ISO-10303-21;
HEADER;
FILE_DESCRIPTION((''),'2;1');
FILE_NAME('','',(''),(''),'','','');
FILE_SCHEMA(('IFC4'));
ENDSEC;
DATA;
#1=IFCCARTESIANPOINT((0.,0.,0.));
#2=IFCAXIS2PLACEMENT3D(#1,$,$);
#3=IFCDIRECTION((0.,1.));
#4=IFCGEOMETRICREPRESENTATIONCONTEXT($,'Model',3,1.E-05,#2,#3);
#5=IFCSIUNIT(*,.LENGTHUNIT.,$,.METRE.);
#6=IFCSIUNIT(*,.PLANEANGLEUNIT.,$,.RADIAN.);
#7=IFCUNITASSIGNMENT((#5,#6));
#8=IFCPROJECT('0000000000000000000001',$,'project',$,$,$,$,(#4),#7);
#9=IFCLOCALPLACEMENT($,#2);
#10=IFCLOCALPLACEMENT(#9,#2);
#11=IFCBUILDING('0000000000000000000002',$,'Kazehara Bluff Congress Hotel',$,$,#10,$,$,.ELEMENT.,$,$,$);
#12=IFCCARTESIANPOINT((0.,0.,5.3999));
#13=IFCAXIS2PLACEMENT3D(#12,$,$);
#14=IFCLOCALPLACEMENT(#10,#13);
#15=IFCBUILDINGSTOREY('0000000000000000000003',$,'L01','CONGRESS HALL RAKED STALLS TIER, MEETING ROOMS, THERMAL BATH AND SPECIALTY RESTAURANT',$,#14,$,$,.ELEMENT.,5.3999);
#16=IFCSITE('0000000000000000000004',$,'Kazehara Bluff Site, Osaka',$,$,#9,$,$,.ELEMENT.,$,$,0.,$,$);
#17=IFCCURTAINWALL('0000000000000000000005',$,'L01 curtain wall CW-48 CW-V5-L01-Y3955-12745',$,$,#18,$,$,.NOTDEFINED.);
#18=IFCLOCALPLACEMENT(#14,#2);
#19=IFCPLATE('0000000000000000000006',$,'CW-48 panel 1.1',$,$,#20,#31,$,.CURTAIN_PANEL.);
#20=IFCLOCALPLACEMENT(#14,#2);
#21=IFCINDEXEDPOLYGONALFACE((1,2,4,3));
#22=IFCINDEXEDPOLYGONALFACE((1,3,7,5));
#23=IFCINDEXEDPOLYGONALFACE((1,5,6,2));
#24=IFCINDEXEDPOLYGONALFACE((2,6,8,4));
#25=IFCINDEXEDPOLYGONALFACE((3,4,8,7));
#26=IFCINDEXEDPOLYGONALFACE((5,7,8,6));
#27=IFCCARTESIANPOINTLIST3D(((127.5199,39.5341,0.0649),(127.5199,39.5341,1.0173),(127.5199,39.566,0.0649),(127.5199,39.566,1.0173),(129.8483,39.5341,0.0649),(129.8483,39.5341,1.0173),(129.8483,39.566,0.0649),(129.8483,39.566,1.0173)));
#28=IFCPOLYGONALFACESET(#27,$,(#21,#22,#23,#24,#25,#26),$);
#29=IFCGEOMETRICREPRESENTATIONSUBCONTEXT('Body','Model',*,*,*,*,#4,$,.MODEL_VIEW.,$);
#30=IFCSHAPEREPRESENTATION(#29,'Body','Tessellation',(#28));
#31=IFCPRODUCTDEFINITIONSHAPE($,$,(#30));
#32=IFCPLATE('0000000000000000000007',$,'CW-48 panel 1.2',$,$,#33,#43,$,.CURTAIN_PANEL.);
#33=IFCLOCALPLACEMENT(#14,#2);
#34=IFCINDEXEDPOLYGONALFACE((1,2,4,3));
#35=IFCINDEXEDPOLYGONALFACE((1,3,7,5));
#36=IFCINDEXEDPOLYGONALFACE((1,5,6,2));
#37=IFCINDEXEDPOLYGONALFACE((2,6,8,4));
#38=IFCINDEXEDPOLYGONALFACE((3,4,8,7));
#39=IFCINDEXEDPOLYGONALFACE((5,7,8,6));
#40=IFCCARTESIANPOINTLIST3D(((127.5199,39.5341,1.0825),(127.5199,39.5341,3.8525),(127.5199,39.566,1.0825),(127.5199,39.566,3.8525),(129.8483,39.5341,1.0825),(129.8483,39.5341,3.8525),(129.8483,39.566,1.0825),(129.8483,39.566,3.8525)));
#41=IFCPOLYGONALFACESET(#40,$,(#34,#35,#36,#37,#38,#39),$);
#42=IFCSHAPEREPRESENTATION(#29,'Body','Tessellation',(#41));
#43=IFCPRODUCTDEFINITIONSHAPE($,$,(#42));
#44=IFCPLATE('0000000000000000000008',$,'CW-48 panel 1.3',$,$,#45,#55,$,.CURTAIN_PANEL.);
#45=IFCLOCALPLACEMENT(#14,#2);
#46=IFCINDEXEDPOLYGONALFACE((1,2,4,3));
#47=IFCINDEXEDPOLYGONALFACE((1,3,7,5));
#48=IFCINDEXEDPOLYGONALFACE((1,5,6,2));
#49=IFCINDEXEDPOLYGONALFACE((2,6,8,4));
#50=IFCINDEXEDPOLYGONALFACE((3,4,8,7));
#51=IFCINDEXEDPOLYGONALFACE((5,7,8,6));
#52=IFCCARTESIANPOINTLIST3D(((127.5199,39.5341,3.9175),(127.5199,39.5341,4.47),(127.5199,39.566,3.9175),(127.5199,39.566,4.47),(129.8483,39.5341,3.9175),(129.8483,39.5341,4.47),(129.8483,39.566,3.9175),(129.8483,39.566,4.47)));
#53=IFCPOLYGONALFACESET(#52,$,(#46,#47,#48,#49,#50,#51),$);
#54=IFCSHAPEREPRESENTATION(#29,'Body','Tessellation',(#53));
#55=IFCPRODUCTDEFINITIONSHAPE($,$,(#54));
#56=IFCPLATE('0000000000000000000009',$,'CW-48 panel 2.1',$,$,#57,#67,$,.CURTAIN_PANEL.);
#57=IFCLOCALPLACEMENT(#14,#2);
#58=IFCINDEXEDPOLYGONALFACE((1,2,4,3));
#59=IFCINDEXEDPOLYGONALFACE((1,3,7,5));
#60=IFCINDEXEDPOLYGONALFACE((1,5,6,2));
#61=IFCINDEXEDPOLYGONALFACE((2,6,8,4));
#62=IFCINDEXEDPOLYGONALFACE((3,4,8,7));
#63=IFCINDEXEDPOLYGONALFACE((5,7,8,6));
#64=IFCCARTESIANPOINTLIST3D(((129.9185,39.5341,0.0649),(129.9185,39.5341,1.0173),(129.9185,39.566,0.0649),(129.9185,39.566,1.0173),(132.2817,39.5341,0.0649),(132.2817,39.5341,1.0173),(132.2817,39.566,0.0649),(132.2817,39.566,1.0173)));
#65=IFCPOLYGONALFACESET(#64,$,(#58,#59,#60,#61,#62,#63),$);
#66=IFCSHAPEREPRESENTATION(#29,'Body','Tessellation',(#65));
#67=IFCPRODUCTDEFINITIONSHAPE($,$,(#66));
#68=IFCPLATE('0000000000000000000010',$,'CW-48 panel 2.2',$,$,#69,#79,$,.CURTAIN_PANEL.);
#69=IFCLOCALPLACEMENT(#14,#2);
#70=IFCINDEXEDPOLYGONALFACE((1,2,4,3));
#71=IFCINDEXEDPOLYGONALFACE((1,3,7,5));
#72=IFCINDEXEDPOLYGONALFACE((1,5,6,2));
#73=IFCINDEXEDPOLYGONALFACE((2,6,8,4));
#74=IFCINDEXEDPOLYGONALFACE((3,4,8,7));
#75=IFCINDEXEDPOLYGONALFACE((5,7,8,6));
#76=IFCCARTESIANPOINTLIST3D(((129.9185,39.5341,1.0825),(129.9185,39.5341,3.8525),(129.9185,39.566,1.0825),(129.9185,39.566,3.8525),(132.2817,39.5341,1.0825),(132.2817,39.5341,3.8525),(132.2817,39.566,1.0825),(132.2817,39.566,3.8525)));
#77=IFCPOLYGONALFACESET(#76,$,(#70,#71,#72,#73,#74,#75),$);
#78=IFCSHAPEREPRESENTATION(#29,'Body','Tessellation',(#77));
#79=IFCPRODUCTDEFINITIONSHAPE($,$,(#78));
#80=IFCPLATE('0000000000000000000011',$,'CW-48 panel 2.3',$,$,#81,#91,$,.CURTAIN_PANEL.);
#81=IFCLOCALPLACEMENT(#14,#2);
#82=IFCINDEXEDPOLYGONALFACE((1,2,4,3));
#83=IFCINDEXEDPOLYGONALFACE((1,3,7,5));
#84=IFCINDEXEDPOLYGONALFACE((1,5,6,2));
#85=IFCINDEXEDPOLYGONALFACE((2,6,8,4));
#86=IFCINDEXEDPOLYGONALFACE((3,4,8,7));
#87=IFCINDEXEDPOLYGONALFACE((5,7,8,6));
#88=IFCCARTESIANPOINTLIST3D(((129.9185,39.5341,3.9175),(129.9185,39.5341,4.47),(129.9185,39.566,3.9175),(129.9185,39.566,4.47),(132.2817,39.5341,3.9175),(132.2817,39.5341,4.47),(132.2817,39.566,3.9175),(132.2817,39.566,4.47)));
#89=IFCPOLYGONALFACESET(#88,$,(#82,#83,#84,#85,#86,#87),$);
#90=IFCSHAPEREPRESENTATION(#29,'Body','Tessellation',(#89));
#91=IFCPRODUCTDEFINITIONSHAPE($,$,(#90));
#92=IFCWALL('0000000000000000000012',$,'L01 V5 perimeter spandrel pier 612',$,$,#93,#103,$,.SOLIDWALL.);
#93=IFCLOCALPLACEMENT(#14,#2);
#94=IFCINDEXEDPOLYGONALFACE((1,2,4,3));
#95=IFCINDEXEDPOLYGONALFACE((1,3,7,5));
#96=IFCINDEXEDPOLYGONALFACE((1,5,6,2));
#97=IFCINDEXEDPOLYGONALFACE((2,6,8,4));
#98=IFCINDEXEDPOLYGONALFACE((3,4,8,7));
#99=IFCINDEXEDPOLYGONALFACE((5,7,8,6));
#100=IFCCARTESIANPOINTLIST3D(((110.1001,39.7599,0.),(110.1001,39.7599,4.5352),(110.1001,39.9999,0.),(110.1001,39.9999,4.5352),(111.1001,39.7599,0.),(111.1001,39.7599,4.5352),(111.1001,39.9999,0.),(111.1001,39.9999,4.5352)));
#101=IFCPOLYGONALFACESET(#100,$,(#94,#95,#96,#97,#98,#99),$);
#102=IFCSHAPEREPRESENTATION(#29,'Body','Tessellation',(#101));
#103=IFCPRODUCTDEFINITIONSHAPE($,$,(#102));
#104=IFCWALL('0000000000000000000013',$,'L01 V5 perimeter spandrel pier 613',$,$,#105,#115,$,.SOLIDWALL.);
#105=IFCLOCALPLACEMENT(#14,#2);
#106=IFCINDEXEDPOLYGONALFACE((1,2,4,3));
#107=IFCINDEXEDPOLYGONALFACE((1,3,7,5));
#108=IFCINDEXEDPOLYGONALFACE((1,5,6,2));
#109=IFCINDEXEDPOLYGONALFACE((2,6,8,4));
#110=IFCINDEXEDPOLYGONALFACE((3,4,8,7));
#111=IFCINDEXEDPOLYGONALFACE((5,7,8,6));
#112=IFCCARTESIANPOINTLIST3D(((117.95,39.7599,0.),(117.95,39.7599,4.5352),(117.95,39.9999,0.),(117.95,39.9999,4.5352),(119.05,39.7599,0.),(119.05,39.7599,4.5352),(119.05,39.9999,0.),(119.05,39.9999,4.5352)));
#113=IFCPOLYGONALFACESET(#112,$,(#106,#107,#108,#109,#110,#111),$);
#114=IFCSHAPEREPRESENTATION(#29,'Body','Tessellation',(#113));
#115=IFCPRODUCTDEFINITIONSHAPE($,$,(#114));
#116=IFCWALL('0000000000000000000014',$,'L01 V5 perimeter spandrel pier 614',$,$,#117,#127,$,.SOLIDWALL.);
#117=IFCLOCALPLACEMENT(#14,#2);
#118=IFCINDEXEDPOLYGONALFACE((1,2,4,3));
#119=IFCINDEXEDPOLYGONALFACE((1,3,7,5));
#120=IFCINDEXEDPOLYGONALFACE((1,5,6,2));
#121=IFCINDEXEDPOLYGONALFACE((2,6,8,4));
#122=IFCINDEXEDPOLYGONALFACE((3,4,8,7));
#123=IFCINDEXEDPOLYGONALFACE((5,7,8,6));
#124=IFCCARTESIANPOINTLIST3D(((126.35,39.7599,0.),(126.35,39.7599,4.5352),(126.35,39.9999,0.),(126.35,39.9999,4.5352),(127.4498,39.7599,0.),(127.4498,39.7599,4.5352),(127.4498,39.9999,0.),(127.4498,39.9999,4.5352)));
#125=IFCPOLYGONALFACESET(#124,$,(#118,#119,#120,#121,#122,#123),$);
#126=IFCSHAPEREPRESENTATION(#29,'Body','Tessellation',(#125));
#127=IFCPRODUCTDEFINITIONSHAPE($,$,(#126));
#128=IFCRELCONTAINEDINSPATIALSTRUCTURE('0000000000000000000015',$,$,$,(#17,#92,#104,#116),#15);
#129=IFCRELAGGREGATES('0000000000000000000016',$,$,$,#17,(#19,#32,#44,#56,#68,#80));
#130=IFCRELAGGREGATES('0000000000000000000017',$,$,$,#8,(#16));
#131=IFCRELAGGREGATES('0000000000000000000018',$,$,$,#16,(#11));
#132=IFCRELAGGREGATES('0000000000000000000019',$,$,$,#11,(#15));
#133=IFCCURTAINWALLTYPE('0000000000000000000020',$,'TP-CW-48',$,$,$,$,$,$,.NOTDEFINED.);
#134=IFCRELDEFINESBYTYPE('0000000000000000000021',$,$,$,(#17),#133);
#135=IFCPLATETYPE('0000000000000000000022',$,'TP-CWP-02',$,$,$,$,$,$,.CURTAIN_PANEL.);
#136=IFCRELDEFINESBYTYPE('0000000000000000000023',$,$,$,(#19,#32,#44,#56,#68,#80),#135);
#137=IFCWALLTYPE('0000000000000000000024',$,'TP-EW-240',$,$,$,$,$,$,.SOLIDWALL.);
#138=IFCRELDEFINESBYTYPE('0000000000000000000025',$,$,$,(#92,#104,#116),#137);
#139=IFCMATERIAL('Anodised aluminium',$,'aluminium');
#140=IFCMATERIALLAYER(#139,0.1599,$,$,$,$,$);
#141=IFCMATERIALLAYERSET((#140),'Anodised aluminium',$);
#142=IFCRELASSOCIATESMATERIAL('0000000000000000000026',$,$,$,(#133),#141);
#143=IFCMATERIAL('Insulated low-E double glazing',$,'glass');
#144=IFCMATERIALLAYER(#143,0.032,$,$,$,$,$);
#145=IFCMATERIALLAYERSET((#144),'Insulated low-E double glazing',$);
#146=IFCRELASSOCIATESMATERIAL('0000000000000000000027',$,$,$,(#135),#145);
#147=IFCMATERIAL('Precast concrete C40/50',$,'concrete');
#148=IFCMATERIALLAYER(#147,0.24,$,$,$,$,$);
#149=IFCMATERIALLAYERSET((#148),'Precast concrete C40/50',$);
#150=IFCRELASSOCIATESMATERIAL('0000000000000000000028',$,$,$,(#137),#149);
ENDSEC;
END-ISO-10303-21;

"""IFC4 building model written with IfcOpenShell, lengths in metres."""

from ifc_helpers import new_model, si_unit, direction, frame, frame_2d, origin, origin_2d, place, context, subcontext, project, spatial, rectangle, extrude, material, layer, layer_set, type_object, element, aggregate, save


model = new_model("IFC4")

# Units and contexts
model_context = context("Model", 3, precision=1e-05, world=origin(), true_north=direction((0.0, 1.0)))
body_context = subcontext(model_context, "Body", "Model", "MODEL_VIEW")
ifc_project = project(units=[si_unit("LENGTHUNIT", "METRE"), si_unit("PLANEANGLEUNIT", "RADIAN")], contexts=[model_context])

# Site, building, storey
site_placement = place(None, origin())
site = spatial("IfcSite", under=ifc_project, at=site_placement, Name="Kazehara Bluff Site, Osaka", CompositionType="ELEMENT", RefElevation=0.0)
building_placement = place(site_placement, origin())
building = spatial("IfcBuilding", under=site, at=building_placement, Name="Kazehara Bluff Congress Hotel", CompositionType="ELEMENT")
storey_placement = place(building_placement, frame((0.0, 0.0, 5.3999)))
storey = spatial("IfcBuildingStorey", under=building, at=storey_placement, Name="L01", Description="CONGRESS HALL RAKED STALLS TIER, MEETING ROOMS, THERMAL BATH AND SPECIALTY RESTAURANT", CompositionType="ELEMENT", Elevation=5.3999)

# Shared definitions
ifc_material_1 = material(Name="Anodised aluminium", Category="aluminium")
ifc_layer_1 = layer(ifc_material_1, 0.1599)
ifc_layer_set_1 = layer_set([ifc_layer_1], Name="Anodised aluminium")
curtain_wall_type_1 = type_object("IfcCurtainWallType", Name="TP-CW-48", PredefinedType="NOTDEFINED", material=ifc_layer_set_1)

# Curtain wall
curtain_wall_1_placement = place(storey_placement, origin())
curtain_wall_1 = element("IfcCurtainWall", 1, at=curtain_wall_1_placement, inside=storey, type_object=curtain_wall_type_1, Name="L01 curtain wall CW-48 CW-V5-L01-Y3955-12745", PredefinedType="NOTDEFINED")

# Plates
ifc_material_2 = material(Name="Insulated low-E double glazing", Category="glass")
ifc_layer_2 = layer(ifc_material_2, 0.032)
ifc_layer_set_2 = layer_set([ifc_layer_2], Name="Insulated low-E double glazing")
plate_type_1 = type_object("IfcPlateType", Name="TP-CWP-02", PredefinedType="CURTAIN_PANEL", material=ifc_layer_set_2)
plate_1_placement = place(storey_placement, frame((128.6841, 39.55, 0.0649), z_axis=(0.0, 0.0, 1.0), x_axis=(1.0, 0.0, 0.0)))
plate_1 = element("IfcPlate", 2, at=plate_1_placement, type_object=plate_type_1, Name="CW-48 panel 1.1", PredefinedType="CURTAIN_PANEL", context=body_context, shape_type="SweptSolid", body=[
    extrude(rectangle(XDim=2.3284, YDim=0.032, at=origin_2d()), origin(), (0.0, 0.0, 1.0), 0.9524),
])
plate_2_placement = place(storey_placement, frame((128.6841, 39.55, 1.0825), z_axis=(0.0, 0.0, 1.0), x_axis=(1.0, 0.0, 0.0)))
plate_2 = element("IfcPlate", 3, at=plate_2_placement, type_object=plate_type_1, Name="CW-48 panel 1.2", PredefinedType="CURTAIN_PANEL", context=body_context, shape_type="SweptSolid", body=[
    extrude(rectangle(XDim=2.3284, YDim=0.032, at=origin_2d()), origin(), (0.0, 0.0, 1.0), 2.77),
])
plate_3_placement = place(storey_placement, frame((128.6841, 39.55, 3.9175), z_axis=(0.0, 0.0, 1.0), x_axis=(1.0, 0.0, 0.0)))
plate_3 = element("IfcPlate", 4, at=plate_3_placement, type_object=plate_type_1, Name="CW-48 panel 1.3", PredefinedType="CURTAIN_PANEL", context=body_context, shape_type="SweptSolid", body=[
    extrude(rectangle(XDim=2.3284, YDim=0.032, at=origin_2d()), origin(), (0.0, 0.0, 1.0), 0.5525),
])
plate_4_placement = place(storey_placement, frame((131.1001, 39.55, 0.0649), z_axis=(0.0, 0.0, 1.0), x_axis=(1.0, 0.0, 0.0)))
plate_4 = element("IfcPlate", 5, at=plate_4_placement, type_object=plate_type_1, Name="CW-48 panel 2.1", PredefinedType="CURTAIN_PANEL", context=body_context, shape_type="SweptSolid", body=[
    extrude(rectangle(XDim=2.3633, YDim=0.032, at=origin_2d()), origin(), (0.0, 0.0, 1.0), 0.9524),
])
plate_5_placement = place(storey_placement, frame((131.1001, 39.55, 1.0825), z_axis=(0.0, 0.0, 1.0), x_axis=(1.0, 0.0, 0.0)))
plate_5 = element("IfcPlate", 6, at=plate_5_placement, type_object=plate_type_1, Name="CW-48 panel 2.2", PredefinedType="CURTAIN_PANEL", context=body_context, shape_type="SweptSolid", body=[
    extrude(rectangle(XDim=2.3633, YDim=0.032, at=origin_2d()), origin(), (0.0, 0.0, 1.0), 2.77),
])
plate_6_placement = place(storey_placement, frame((131.1001, 39.55, 3.9175), z_axis=(0.0, 0.0, 1.0), x_axis=(1.0, 0.0, 0.0)))
plate_6 = element("IfcPlate", 7, at=plate_6_placement, type_object=plate_type_1, Name="CW-48 panel 2.3", PredefinedType="CURTAIN_PANEL", context=body_context, shape_type="SweptSolid", body=[
    extrude(rectangle(XDim=2.3633, YDim=0.032, at=origin_2d()), origin(), (0.0, 0.0, 1.0), 0.5525),
])
aggregate(curtain_wall_1, [plate_1, plate_2, plate_3, plate_4, plate_5, plate_6])

# Walls
ifc_material_3 = material(Name="Precast concrete C40/50", Category="concrete")
ifc_layer_3 = layer(ifc_material_3, 0.24)
ifc_layer_set_3 = layer_set([ifc_layer_3], Name="Precast concrete C40/50")
wall_type = type_object("IfcWallType", Name="TP-EW-240", PredefinedType="SOLIDWALL", material=ifc_layer_set_3)
wall_1_placement = place(storey_placement, frame((110.1001, 39.8799, 0.0), z_axis=(0.0, 0.0, 1.0), x_axis=(1.0, 0.0, 0.0)))
element("IfcWall", 8, at=wall_1_placement, inside=storey, type_object=wall_type, Name="L01 V5 perimeter spandrel pier 612", PredefinedType="SOLIDWALL", context=body_context, shape_type="SweptSolid", body=[
    extrude(rectangle(XDim=1.0, YDim=0.24, at=frame_2d((0.5, 0.0))), origin(), (0.0, 0.0, 1.0), 4.5352),
])
wall_2_placement = place(storey_placement, frame((117.95, 39.8799, 0.0), z_axis=(0.0, 0.0, 1.0), x_axis=(1.0, 0.0, 0.0)))
element("IfcWall", 9, at=wall_2_placement, inside=storey, type_object=wall_type, Name="L01 V5 perimeter spandrel pier 613", PredefinedType="SOLIDWALL", context=body_context, shape_type="SweptSolid", body=[
    extrude(rectangle(XDim=1.1001, YDim=0.24, at=frame_2d((0.55, 0.0))), origin(), (0.0, 0.0, 1.0), 4.5352),
])
wall_3_placement = place(storey_placement, frame((126.3501, 39.8799, 0.0), z_axis=(0.0, 0.0, 1.0), x_axis=(1.0, 0.0, 0.0)))
element("IfcWall", 10, at=wall_3_placement, inside=storey, type_object=wall_type, Name="L01 V5 perimeter spandrel pier 614", PredefinedType="SOLIDWALL", context=body_context, shape_type="SweptSolid", body=[
    extrude(rectangle(XDim=1.0999, YDim=0.24, at=frame_2d((0.5498, 0.0))), origin(), (0.0, 0.0, 1.0), 4.5352),
])

save(model, "model.ifc")
